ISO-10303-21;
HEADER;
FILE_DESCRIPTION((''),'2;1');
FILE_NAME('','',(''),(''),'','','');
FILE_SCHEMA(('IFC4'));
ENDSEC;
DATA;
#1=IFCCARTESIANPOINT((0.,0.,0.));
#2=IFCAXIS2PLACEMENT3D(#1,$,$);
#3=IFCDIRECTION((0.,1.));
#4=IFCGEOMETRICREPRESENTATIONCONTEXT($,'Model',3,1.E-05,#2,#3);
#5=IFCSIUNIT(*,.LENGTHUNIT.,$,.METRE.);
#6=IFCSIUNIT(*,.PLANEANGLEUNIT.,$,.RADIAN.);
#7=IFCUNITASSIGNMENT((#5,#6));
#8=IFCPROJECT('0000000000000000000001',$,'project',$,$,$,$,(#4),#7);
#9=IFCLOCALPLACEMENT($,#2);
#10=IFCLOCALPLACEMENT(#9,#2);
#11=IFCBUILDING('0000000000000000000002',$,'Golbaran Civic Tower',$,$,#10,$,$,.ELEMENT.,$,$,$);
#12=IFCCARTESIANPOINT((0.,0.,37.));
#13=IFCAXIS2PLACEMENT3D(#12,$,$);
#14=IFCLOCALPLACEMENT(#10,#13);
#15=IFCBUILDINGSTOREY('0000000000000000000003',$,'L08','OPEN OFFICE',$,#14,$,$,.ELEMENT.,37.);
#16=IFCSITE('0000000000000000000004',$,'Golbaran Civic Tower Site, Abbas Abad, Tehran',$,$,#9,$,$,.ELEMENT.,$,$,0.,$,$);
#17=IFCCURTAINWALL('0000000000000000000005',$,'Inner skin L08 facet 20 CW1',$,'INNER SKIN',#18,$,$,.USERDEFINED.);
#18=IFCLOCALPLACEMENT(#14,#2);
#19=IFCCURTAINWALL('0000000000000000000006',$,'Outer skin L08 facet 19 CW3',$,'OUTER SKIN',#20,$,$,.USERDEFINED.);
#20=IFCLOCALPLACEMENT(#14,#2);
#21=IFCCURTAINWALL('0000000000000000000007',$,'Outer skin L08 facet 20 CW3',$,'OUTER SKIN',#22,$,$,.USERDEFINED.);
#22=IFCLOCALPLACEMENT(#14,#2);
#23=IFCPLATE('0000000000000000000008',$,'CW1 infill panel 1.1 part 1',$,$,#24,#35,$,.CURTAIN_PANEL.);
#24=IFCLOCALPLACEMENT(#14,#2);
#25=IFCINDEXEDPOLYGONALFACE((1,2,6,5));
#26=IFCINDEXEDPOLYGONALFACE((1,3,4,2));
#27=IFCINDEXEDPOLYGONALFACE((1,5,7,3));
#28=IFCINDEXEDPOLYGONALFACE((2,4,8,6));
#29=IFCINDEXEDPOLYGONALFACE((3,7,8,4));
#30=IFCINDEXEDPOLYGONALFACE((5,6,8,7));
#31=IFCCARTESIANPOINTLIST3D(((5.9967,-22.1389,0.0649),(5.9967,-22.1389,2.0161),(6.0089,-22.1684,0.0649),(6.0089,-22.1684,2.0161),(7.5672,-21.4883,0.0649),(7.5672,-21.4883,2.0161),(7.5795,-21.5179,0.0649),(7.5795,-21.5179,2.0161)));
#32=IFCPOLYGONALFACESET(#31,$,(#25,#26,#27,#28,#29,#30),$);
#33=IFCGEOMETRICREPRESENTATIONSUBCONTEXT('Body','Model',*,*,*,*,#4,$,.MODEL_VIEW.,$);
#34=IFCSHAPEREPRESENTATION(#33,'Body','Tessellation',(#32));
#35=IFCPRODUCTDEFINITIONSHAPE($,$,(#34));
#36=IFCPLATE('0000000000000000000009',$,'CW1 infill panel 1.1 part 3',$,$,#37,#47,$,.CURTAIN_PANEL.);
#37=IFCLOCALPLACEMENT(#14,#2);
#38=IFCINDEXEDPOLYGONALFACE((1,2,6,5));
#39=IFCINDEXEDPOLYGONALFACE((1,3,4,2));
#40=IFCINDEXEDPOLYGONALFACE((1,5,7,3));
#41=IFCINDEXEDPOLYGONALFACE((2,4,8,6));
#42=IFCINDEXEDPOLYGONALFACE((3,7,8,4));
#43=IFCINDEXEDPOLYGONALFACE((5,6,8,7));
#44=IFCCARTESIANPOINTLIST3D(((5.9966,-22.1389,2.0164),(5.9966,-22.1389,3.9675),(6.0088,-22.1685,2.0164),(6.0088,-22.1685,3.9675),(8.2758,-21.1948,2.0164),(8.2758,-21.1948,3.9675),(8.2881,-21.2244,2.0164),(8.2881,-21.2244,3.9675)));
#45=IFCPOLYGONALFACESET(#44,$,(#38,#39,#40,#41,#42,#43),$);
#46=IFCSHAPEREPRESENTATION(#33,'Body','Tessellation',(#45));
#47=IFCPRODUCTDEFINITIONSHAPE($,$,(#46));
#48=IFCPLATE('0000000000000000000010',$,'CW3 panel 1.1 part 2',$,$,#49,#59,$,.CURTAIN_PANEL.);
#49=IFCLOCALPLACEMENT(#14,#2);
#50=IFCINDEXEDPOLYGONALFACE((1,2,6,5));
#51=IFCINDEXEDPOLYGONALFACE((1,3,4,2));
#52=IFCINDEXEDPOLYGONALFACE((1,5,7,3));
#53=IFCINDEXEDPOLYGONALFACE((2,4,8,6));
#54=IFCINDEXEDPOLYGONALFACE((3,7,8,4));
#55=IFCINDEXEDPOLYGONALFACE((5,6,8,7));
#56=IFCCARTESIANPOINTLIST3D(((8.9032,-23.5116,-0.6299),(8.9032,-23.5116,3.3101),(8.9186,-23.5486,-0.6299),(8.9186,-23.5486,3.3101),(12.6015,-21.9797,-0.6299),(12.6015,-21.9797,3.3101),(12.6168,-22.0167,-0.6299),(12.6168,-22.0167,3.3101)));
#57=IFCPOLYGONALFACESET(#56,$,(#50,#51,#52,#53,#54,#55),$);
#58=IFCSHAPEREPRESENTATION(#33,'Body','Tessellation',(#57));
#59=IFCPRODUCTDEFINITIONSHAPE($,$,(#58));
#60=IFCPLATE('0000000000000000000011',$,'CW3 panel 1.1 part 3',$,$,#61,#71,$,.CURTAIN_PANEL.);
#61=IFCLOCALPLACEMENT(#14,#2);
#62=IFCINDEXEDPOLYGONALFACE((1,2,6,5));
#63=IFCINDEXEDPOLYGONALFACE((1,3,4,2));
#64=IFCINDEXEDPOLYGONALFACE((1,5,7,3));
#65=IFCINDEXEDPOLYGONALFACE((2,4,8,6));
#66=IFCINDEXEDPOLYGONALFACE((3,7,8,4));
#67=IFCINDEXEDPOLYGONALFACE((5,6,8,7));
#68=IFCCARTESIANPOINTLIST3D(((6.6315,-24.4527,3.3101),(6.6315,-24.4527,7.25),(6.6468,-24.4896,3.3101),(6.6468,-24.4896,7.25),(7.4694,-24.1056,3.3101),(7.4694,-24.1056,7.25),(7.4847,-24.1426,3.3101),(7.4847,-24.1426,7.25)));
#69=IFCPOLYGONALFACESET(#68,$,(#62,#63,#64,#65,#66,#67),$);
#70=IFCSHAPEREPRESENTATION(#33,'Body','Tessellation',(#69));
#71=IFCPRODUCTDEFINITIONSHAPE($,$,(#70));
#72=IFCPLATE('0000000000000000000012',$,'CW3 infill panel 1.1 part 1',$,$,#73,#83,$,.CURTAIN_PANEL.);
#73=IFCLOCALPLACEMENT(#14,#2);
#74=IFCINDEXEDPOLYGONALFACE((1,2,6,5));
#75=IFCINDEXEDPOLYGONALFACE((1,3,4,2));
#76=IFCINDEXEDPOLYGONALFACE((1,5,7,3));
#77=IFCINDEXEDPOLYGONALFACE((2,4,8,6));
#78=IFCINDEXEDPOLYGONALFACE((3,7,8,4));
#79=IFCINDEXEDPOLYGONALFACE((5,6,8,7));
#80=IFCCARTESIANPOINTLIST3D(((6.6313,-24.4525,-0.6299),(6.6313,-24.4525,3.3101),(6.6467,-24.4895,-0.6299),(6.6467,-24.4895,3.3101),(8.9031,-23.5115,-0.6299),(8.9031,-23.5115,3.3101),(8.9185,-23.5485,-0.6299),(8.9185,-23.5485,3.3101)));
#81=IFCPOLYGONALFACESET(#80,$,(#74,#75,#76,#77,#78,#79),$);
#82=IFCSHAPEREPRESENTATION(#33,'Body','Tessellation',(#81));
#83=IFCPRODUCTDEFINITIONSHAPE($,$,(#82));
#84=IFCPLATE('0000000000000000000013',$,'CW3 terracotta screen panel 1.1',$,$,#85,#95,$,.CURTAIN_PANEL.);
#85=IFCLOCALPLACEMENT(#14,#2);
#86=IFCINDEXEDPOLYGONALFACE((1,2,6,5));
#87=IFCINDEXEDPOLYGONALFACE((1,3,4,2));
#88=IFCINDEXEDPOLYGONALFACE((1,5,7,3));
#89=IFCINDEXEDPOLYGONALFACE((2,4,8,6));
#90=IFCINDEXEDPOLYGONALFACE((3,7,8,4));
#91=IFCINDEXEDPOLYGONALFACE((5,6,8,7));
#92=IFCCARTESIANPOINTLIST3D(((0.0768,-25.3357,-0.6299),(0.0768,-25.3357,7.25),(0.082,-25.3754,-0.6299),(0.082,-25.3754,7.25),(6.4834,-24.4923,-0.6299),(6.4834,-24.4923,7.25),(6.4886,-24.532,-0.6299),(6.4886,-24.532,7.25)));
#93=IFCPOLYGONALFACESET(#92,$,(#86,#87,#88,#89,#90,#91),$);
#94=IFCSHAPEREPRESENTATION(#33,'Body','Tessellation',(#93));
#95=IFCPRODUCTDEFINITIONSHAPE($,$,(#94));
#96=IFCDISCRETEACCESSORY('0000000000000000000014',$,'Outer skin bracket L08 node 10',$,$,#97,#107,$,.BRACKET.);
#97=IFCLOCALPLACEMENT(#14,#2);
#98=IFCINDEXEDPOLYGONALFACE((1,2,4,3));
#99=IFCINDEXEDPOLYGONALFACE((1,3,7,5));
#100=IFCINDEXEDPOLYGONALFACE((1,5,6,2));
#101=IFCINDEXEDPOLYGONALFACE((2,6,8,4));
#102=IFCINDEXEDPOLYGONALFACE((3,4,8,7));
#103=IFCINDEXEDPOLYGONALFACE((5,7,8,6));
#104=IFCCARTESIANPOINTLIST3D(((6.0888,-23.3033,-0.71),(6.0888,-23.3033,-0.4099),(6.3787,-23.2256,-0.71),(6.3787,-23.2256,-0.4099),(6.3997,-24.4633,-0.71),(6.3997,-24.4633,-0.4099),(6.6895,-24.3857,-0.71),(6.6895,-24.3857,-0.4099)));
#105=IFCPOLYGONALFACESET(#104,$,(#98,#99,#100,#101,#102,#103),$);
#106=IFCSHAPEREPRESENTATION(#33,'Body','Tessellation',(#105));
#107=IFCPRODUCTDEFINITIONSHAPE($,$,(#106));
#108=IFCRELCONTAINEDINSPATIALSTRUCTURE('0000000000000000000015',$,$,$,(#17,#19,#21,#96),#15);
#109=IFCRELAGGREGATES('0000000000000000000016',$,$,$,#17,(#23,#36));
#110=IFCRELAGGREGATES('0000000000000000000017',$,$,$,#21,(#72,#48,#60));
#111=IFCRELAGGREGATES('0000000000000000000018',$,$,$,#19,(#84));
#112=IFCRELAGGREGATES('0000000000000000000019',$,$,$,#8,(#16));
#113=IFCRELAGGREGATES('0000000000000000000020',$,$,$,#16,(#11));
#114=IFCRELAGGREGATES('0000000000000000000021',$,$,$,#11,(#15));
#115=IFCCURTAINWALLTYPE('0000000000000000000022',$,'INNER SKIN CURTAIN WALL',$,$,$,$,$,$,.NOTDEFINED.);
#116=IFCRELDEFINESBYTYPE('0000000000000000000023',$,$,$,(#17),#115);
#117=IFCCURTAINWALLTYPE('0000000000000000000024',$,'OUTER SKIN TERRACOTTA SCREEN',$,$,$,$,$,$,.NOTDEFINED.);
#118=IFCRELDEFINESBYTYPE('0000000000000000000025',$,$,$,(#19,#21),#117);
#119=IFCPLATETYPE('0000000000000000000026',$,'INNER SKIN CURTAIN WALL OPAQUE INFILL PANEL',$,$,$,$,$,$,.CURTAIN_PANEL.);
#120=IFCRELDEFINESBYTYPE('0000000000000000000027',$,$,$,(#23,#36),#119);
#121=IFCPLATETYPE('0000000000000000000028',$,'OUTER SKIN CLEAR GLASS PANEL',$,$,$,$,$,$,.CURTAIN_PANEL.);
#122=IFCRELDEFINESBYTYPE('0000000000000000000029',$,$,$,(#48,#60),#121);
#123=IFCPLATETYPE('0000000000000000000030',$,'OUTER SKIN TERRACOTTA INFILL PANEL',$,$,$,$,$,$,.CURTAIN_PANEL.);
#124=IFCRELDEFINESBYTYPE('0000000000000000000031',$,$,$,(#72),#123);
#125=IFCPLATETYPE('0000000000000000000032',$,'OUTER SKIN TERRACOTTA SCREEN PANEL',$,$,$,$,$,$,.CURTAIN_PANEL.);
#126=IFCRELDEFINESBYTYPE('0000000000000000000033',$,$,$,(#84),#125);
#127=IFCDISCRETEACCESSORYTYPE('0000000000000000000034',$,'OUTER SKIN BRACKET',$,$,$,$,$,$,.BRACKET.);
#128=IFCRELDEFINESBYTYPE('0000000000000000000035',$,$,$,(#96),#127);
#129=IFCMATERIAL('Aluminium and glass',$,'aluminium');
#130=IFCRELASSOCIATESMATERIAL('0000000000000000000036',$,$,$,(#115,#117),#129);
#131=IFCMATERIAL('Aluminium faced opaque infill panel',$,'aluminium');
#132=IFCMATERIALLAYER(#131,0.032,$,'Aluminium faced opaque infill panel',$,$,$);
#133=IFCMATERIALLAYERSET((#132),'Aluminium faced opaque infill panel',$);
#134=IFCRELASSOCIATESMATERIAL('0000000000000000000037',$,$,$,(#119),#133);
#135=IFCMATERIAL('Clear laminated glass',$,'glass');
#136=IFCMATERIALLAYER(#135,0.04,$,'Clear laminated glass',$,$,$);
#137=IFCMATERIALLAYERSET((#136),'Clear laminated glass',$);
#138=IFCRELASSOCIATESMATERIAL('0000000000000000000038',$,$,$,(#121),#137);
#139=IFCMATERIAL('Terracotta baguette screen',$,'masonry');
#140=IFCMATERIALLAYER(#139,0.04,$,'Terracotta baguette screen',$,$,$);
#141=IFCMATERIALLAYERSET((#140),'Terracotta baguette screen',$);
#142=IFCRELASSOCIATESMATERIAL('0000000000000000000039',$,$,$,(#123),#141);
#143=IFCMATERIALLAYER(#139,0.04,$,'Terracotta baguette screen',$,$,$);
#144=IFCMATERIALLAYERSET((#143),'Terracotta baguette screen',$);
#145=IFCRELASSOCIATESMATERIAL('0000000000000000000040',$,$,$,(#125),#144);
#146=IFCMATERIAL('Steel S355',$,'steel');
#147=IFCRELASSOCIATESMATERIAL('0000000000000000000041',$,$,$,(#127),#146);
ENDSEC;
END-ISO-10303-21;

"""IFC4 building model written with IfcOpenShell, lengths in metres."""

from ifc_helpers import new_model, si_unit, direction, frame, origin, origin_2d, place, context, subcontext, project, spatial, rectangle, extrude, material, layer, layer_set, type_object, element, aggregate, save


model = new_model("IFC4")

# Units and contexts
model_context = context("Model", 3, precision=1e-05, world=origin(), true_north=direction((0.0, 1.0)))
body_context = subcontext(model_context, "Body", "Model", "MODEL_VIEW")
ifc_project = project(units=[si_unit("LENGTHUNIT", "METRE"), si_unit("PLANEANGLEUNIT", "RADIAN")], contexts=[model_context])

# Site, building, storey
site_placement = place(None, origin())
site = spatial("IfcSite", under=ifc_project, at=site_placement, Name="Golbaran Civic Tower Site, Abbas Abad, Tehran", CompositionType="ELEMENT", RefElevation=0.0)
building_placement = place(site_placement, origin())
building = spatial("IfcBuilding", under=site, at=building_placement, Name="Golbaran Civic Tower", CompositionType="ELEMENT")
storey_placement = place(building_placement, frame((0.0, 0.0, 37.0)))
storey = spatial("IfcBuildingStorey", under=building, at=storey_placement, Name="L08", Description="OPEN OFFICE", CompositionType="ELEMENT", Elevation=37.0)

# Shared definitions
ifc_material_1 = material(Name="Steel S355", Category="steel")

# Shared definitions
ifc_material_2 = material(Name="Aluminium and glass", Category="aluminium")
curtain_wall_type_1 = type_object("IfcCurtainWallType", Name="INNER SKIN CURTAIN WALL", PredefinedType="NOTDEFINED", material=ifc_material_2)

# Curtain wall
curtain_wall_1_placement = place(storey_placement, origin())
curtain_wall_1 = element("IfcCurtainWall", 1, at=curtain_wall_1_placement, inside=storey, type_object=curtain_wall_type_1, Name="Inner skin L08 facet 20 CW1", ObjectType="INNER SKIN", PredefinedType="USERDEFINED")

# Curtain walls
curtain_wall_type_2 = type_object("IfcCurtainWallType", Name="OUTER SKIN TERRACOTTA SCREEN", PredefinedType="NOTDEFINED", material=ifc_material_2)
curtain_wall_2_placement = place(storey_placement, origin())
curtain_wall_2 = element("IfcCurtainWall", 2, at=curtain_wall_2_placement, inside=storey, type_object=curtain_wall_type_2, Name="Outer skin L08 facet 19 CW3", ObjectType="OUTER SKIN", PredefinedType="USERDEFINED")
curtain_wall_3_placement = place(storey_placement, origin())
curtain_wall_3 = element("IfcCurtainWall", 3, at=curtain_wall_3_placement, inside=storey, type_object=curtain_wall_type_2, Name="Outer skin L08 facet 20 CW3", ObjectType="OUTER SKIN", PredefinedType="USERDEFINED")

# Plates
ifc_material_3 = material(Name="Aluminium faced opaque infill panel", Category="aluminium")
ifc_layer_1 = layer(ifc_material_3, 0.032, Name="Aluminium faced opaque infill panel")
ifc_layer_set_1 = layer_set([ifc_layer_1], Name="Aluminium faced opaque infill panel")
plate_type_1 = type_object("IfcPlateType", Name="INNER SKIN CURTAIN WALL OPAQUE INFILL PANEL", PredefinedType="CURTAIN_PANEL", material=ifc_layer_set_1)
plate_1_placement = place(storey_placement, frame((6.7881, -21.8284, 0.0649), z_axis=(0.0, 0.0, 1.0), x_axis=(0.92388, 0.382683, 0.0)))
plate_1 = element("IfcPlate", 4, at=plate_1_placement, type_object=plate_type_1, Name="CW1 infill panel 1.1 part 1", PredefinedType="CURTAIN_PANEL", context=body_context, shape_type="SweptSolid", body=[
    extrude(rectangle(XDim=1.7, YDim=0.032, at=origin_2d()), origin(), (0.0, 0.0, 1.0), 1.9512),
])
plate_2_placement = place(storey_placement, frame((7.1423, -21.6816, 2.0164), z_axis=(0.0, 0.0, 1.0), x_axis=(0.92388, 0.382683, 0.0)))
plate_2 = element("IfcPlate", 5, at=plate_2_placement, type_object=plate_type_1, Name="CW1 infill panel 1.1 part 3", PredefinedType="CURTAIN_PANEL", context=body_context, shape_type="SweptSolid", body=[
    extrude(rectangle(XDim=2.467, YDim=0.032, at=origin_2d()), origin(), (0.0, 0.0, 1.0), 1.9512),
])
aggregate(curtain_wall_1, [plate_1, plate_2])
ifc_material_4 = material(Name="Clear laminated glass", Category="glass")
ifc_layer_2 = layer(ifc_material_4, 0.04, Name="Clear laminated glass")
ifc_layer_set_2 = layer_set([ifc_layer_2], Name="Clear laminated glass")
plate_type_2 = type_object("IfcPlateType", Name="OUTER SKIN CLEAR GLASS PANEL", PredefinedType="CURTAIN_PANEL", material=ifc_layer_set_2)
plate_3_placement = place(storey_placement, frame((10.76, -22.7642, -0.6299), z_axis=(0.0, 0.0, 1.0), x_axis=(0.92388, 0.382683, 0.0)))
plate_3 = element("IfcPlate", 6, at=plate_3_placement, type_object=plate_type_2, Name="CW3 panel 1.1 part 2", PredefinedType="CURTAIN_PANEL", context=body_context, shape_type="SweptSolid", body=[
    extrude(rectangle(XDim=4.0029, YDim=0.04, at=origin_2d()), origin(), (0.0, 0.0, 1.0), 3.9399),
])
plate_4_placement = place(storey_placement, frame((7.0581, -24.2976, 3.3101), z_axis=(0.0, 0.0, 1.0), x_axis=(0.92388, 0.382683, 0.0)))
plate_4 = element("IfcPlate", 7, at=plate_4_placement, type_object=plate_type_2, Name="CW3 panel 1.1 part 3", PredefinedType="CURTAIN_PANEL", context=body_context, shape_type="SweptSolid", body=[
    extrude(rectangle(XDim=0.907, YDim=0.04, at=origin_2d()), origin(), (0.0, 0.0, 1.0), 3.9399),
])
ifc_material_5 = material(Name="Terracotta baguette screen", Category="masonry")
ifc_layer_3 = layer(ifc_material_5, 0.04, Name="Terracotta baguette screen")
ifc_layer_set_3 = layer_set([ifc_layer_3], Name="Terracotta baguette screen")
plate_type_3 = type_object("IfcPlateType", Name="OUTER SKIN TERRACOTTA INFILL PANEL", PredefinedType="CURTAIN_PANEL", material=ifc_layer_set_3)
plate_5_placement = place(storey_placement, frame((7.7749, -24.0005, -0.6299), z_axis=(0.0, 0.0, 1.0), x_axis=(0.92388, 0.382683, 0.0)))
plate_5 = element("IfcPlate", 8, at=plate_5_placement, type_object=plate_type_3, Name="CW3 infill panel 1.1 part 1", PredefinedType="CURTAIN_PANEL", context=body_context, shape_type="SweptSolid", body=[
    extrude(rectangle(XDim=2.459, YDim=0.04, at=origin_2d()), origin(), (0.0, 0.0, 1.0), 3.9399),
])
aggregate(curtain_wall_3, [plate_5, plate_3, plate_4])
ifc_layer_4 = layer(ifc_material_5, 0.04, Name="Terracotta baguette screen")
ifc_layer_set_4 = layer_set([ifc_layer_4], Name="Terracotta baguette screen")
plate_type_4 = type_object("IfcPlateType", Name="OUTER SKIN TERRACOTTA SCREEN PANEL", PredefinedType="CURTAIN_PANEL", material=ifc_layer_set_4)
plate_6_placement = place(storey_placement, frame((3.2827, -24.9338, -0.6299), z_axis=(0.0, 0.0, 1.0), x_axis=(0.991445, 0.130526, 0.0)))
plate_6 = element("IfcPlate", 9, at=plate_6_placement, type_object=plate_type_4, Name="CW3 terracotta screen panel 1.1", PredefinedType="CURTAIN_PANEL", context=body_context, shape_type="SweptSolid", body=[
    extrude(rectangle(XDim=6.4619, YDim=0.04, at=origin_2d()), origin(), (0.0, 0.0, 1.0), 7.8799),
])
aggregate(curtain_wall_2, [plate_6])

# Discrete accessory
discrete_accessory_type = type_object("IfcDiscreteAccessoryType", Name="OUTER SKIN BRACKET", PredefinedType="BRACKET", material=ifc_material_1)
discrete_accessory_placement = place(storey_placement, frame((6.3892, -23.8445, -0.71), z_axis=(0.0, 0.0, 1.0), x_axis=(0.258819, -0.965926, 0.0)))
element("IfcDiscreteAccessory", 10, at=discrete_accessory_placement, inside=storey, type_object=discrete_accessory_type, Name="Outer skin bracket L08 node 10", PredefinedType="BRACKET", context=body_context, shape_type="SweptSolid", body=[
    extrude(rectangle(XDim=1.2009, YDim=0.3, at=origin_2d()), origin(), (0.0, 0.0, 1.0), 0.3),
])

save(model, "model.ifc")
